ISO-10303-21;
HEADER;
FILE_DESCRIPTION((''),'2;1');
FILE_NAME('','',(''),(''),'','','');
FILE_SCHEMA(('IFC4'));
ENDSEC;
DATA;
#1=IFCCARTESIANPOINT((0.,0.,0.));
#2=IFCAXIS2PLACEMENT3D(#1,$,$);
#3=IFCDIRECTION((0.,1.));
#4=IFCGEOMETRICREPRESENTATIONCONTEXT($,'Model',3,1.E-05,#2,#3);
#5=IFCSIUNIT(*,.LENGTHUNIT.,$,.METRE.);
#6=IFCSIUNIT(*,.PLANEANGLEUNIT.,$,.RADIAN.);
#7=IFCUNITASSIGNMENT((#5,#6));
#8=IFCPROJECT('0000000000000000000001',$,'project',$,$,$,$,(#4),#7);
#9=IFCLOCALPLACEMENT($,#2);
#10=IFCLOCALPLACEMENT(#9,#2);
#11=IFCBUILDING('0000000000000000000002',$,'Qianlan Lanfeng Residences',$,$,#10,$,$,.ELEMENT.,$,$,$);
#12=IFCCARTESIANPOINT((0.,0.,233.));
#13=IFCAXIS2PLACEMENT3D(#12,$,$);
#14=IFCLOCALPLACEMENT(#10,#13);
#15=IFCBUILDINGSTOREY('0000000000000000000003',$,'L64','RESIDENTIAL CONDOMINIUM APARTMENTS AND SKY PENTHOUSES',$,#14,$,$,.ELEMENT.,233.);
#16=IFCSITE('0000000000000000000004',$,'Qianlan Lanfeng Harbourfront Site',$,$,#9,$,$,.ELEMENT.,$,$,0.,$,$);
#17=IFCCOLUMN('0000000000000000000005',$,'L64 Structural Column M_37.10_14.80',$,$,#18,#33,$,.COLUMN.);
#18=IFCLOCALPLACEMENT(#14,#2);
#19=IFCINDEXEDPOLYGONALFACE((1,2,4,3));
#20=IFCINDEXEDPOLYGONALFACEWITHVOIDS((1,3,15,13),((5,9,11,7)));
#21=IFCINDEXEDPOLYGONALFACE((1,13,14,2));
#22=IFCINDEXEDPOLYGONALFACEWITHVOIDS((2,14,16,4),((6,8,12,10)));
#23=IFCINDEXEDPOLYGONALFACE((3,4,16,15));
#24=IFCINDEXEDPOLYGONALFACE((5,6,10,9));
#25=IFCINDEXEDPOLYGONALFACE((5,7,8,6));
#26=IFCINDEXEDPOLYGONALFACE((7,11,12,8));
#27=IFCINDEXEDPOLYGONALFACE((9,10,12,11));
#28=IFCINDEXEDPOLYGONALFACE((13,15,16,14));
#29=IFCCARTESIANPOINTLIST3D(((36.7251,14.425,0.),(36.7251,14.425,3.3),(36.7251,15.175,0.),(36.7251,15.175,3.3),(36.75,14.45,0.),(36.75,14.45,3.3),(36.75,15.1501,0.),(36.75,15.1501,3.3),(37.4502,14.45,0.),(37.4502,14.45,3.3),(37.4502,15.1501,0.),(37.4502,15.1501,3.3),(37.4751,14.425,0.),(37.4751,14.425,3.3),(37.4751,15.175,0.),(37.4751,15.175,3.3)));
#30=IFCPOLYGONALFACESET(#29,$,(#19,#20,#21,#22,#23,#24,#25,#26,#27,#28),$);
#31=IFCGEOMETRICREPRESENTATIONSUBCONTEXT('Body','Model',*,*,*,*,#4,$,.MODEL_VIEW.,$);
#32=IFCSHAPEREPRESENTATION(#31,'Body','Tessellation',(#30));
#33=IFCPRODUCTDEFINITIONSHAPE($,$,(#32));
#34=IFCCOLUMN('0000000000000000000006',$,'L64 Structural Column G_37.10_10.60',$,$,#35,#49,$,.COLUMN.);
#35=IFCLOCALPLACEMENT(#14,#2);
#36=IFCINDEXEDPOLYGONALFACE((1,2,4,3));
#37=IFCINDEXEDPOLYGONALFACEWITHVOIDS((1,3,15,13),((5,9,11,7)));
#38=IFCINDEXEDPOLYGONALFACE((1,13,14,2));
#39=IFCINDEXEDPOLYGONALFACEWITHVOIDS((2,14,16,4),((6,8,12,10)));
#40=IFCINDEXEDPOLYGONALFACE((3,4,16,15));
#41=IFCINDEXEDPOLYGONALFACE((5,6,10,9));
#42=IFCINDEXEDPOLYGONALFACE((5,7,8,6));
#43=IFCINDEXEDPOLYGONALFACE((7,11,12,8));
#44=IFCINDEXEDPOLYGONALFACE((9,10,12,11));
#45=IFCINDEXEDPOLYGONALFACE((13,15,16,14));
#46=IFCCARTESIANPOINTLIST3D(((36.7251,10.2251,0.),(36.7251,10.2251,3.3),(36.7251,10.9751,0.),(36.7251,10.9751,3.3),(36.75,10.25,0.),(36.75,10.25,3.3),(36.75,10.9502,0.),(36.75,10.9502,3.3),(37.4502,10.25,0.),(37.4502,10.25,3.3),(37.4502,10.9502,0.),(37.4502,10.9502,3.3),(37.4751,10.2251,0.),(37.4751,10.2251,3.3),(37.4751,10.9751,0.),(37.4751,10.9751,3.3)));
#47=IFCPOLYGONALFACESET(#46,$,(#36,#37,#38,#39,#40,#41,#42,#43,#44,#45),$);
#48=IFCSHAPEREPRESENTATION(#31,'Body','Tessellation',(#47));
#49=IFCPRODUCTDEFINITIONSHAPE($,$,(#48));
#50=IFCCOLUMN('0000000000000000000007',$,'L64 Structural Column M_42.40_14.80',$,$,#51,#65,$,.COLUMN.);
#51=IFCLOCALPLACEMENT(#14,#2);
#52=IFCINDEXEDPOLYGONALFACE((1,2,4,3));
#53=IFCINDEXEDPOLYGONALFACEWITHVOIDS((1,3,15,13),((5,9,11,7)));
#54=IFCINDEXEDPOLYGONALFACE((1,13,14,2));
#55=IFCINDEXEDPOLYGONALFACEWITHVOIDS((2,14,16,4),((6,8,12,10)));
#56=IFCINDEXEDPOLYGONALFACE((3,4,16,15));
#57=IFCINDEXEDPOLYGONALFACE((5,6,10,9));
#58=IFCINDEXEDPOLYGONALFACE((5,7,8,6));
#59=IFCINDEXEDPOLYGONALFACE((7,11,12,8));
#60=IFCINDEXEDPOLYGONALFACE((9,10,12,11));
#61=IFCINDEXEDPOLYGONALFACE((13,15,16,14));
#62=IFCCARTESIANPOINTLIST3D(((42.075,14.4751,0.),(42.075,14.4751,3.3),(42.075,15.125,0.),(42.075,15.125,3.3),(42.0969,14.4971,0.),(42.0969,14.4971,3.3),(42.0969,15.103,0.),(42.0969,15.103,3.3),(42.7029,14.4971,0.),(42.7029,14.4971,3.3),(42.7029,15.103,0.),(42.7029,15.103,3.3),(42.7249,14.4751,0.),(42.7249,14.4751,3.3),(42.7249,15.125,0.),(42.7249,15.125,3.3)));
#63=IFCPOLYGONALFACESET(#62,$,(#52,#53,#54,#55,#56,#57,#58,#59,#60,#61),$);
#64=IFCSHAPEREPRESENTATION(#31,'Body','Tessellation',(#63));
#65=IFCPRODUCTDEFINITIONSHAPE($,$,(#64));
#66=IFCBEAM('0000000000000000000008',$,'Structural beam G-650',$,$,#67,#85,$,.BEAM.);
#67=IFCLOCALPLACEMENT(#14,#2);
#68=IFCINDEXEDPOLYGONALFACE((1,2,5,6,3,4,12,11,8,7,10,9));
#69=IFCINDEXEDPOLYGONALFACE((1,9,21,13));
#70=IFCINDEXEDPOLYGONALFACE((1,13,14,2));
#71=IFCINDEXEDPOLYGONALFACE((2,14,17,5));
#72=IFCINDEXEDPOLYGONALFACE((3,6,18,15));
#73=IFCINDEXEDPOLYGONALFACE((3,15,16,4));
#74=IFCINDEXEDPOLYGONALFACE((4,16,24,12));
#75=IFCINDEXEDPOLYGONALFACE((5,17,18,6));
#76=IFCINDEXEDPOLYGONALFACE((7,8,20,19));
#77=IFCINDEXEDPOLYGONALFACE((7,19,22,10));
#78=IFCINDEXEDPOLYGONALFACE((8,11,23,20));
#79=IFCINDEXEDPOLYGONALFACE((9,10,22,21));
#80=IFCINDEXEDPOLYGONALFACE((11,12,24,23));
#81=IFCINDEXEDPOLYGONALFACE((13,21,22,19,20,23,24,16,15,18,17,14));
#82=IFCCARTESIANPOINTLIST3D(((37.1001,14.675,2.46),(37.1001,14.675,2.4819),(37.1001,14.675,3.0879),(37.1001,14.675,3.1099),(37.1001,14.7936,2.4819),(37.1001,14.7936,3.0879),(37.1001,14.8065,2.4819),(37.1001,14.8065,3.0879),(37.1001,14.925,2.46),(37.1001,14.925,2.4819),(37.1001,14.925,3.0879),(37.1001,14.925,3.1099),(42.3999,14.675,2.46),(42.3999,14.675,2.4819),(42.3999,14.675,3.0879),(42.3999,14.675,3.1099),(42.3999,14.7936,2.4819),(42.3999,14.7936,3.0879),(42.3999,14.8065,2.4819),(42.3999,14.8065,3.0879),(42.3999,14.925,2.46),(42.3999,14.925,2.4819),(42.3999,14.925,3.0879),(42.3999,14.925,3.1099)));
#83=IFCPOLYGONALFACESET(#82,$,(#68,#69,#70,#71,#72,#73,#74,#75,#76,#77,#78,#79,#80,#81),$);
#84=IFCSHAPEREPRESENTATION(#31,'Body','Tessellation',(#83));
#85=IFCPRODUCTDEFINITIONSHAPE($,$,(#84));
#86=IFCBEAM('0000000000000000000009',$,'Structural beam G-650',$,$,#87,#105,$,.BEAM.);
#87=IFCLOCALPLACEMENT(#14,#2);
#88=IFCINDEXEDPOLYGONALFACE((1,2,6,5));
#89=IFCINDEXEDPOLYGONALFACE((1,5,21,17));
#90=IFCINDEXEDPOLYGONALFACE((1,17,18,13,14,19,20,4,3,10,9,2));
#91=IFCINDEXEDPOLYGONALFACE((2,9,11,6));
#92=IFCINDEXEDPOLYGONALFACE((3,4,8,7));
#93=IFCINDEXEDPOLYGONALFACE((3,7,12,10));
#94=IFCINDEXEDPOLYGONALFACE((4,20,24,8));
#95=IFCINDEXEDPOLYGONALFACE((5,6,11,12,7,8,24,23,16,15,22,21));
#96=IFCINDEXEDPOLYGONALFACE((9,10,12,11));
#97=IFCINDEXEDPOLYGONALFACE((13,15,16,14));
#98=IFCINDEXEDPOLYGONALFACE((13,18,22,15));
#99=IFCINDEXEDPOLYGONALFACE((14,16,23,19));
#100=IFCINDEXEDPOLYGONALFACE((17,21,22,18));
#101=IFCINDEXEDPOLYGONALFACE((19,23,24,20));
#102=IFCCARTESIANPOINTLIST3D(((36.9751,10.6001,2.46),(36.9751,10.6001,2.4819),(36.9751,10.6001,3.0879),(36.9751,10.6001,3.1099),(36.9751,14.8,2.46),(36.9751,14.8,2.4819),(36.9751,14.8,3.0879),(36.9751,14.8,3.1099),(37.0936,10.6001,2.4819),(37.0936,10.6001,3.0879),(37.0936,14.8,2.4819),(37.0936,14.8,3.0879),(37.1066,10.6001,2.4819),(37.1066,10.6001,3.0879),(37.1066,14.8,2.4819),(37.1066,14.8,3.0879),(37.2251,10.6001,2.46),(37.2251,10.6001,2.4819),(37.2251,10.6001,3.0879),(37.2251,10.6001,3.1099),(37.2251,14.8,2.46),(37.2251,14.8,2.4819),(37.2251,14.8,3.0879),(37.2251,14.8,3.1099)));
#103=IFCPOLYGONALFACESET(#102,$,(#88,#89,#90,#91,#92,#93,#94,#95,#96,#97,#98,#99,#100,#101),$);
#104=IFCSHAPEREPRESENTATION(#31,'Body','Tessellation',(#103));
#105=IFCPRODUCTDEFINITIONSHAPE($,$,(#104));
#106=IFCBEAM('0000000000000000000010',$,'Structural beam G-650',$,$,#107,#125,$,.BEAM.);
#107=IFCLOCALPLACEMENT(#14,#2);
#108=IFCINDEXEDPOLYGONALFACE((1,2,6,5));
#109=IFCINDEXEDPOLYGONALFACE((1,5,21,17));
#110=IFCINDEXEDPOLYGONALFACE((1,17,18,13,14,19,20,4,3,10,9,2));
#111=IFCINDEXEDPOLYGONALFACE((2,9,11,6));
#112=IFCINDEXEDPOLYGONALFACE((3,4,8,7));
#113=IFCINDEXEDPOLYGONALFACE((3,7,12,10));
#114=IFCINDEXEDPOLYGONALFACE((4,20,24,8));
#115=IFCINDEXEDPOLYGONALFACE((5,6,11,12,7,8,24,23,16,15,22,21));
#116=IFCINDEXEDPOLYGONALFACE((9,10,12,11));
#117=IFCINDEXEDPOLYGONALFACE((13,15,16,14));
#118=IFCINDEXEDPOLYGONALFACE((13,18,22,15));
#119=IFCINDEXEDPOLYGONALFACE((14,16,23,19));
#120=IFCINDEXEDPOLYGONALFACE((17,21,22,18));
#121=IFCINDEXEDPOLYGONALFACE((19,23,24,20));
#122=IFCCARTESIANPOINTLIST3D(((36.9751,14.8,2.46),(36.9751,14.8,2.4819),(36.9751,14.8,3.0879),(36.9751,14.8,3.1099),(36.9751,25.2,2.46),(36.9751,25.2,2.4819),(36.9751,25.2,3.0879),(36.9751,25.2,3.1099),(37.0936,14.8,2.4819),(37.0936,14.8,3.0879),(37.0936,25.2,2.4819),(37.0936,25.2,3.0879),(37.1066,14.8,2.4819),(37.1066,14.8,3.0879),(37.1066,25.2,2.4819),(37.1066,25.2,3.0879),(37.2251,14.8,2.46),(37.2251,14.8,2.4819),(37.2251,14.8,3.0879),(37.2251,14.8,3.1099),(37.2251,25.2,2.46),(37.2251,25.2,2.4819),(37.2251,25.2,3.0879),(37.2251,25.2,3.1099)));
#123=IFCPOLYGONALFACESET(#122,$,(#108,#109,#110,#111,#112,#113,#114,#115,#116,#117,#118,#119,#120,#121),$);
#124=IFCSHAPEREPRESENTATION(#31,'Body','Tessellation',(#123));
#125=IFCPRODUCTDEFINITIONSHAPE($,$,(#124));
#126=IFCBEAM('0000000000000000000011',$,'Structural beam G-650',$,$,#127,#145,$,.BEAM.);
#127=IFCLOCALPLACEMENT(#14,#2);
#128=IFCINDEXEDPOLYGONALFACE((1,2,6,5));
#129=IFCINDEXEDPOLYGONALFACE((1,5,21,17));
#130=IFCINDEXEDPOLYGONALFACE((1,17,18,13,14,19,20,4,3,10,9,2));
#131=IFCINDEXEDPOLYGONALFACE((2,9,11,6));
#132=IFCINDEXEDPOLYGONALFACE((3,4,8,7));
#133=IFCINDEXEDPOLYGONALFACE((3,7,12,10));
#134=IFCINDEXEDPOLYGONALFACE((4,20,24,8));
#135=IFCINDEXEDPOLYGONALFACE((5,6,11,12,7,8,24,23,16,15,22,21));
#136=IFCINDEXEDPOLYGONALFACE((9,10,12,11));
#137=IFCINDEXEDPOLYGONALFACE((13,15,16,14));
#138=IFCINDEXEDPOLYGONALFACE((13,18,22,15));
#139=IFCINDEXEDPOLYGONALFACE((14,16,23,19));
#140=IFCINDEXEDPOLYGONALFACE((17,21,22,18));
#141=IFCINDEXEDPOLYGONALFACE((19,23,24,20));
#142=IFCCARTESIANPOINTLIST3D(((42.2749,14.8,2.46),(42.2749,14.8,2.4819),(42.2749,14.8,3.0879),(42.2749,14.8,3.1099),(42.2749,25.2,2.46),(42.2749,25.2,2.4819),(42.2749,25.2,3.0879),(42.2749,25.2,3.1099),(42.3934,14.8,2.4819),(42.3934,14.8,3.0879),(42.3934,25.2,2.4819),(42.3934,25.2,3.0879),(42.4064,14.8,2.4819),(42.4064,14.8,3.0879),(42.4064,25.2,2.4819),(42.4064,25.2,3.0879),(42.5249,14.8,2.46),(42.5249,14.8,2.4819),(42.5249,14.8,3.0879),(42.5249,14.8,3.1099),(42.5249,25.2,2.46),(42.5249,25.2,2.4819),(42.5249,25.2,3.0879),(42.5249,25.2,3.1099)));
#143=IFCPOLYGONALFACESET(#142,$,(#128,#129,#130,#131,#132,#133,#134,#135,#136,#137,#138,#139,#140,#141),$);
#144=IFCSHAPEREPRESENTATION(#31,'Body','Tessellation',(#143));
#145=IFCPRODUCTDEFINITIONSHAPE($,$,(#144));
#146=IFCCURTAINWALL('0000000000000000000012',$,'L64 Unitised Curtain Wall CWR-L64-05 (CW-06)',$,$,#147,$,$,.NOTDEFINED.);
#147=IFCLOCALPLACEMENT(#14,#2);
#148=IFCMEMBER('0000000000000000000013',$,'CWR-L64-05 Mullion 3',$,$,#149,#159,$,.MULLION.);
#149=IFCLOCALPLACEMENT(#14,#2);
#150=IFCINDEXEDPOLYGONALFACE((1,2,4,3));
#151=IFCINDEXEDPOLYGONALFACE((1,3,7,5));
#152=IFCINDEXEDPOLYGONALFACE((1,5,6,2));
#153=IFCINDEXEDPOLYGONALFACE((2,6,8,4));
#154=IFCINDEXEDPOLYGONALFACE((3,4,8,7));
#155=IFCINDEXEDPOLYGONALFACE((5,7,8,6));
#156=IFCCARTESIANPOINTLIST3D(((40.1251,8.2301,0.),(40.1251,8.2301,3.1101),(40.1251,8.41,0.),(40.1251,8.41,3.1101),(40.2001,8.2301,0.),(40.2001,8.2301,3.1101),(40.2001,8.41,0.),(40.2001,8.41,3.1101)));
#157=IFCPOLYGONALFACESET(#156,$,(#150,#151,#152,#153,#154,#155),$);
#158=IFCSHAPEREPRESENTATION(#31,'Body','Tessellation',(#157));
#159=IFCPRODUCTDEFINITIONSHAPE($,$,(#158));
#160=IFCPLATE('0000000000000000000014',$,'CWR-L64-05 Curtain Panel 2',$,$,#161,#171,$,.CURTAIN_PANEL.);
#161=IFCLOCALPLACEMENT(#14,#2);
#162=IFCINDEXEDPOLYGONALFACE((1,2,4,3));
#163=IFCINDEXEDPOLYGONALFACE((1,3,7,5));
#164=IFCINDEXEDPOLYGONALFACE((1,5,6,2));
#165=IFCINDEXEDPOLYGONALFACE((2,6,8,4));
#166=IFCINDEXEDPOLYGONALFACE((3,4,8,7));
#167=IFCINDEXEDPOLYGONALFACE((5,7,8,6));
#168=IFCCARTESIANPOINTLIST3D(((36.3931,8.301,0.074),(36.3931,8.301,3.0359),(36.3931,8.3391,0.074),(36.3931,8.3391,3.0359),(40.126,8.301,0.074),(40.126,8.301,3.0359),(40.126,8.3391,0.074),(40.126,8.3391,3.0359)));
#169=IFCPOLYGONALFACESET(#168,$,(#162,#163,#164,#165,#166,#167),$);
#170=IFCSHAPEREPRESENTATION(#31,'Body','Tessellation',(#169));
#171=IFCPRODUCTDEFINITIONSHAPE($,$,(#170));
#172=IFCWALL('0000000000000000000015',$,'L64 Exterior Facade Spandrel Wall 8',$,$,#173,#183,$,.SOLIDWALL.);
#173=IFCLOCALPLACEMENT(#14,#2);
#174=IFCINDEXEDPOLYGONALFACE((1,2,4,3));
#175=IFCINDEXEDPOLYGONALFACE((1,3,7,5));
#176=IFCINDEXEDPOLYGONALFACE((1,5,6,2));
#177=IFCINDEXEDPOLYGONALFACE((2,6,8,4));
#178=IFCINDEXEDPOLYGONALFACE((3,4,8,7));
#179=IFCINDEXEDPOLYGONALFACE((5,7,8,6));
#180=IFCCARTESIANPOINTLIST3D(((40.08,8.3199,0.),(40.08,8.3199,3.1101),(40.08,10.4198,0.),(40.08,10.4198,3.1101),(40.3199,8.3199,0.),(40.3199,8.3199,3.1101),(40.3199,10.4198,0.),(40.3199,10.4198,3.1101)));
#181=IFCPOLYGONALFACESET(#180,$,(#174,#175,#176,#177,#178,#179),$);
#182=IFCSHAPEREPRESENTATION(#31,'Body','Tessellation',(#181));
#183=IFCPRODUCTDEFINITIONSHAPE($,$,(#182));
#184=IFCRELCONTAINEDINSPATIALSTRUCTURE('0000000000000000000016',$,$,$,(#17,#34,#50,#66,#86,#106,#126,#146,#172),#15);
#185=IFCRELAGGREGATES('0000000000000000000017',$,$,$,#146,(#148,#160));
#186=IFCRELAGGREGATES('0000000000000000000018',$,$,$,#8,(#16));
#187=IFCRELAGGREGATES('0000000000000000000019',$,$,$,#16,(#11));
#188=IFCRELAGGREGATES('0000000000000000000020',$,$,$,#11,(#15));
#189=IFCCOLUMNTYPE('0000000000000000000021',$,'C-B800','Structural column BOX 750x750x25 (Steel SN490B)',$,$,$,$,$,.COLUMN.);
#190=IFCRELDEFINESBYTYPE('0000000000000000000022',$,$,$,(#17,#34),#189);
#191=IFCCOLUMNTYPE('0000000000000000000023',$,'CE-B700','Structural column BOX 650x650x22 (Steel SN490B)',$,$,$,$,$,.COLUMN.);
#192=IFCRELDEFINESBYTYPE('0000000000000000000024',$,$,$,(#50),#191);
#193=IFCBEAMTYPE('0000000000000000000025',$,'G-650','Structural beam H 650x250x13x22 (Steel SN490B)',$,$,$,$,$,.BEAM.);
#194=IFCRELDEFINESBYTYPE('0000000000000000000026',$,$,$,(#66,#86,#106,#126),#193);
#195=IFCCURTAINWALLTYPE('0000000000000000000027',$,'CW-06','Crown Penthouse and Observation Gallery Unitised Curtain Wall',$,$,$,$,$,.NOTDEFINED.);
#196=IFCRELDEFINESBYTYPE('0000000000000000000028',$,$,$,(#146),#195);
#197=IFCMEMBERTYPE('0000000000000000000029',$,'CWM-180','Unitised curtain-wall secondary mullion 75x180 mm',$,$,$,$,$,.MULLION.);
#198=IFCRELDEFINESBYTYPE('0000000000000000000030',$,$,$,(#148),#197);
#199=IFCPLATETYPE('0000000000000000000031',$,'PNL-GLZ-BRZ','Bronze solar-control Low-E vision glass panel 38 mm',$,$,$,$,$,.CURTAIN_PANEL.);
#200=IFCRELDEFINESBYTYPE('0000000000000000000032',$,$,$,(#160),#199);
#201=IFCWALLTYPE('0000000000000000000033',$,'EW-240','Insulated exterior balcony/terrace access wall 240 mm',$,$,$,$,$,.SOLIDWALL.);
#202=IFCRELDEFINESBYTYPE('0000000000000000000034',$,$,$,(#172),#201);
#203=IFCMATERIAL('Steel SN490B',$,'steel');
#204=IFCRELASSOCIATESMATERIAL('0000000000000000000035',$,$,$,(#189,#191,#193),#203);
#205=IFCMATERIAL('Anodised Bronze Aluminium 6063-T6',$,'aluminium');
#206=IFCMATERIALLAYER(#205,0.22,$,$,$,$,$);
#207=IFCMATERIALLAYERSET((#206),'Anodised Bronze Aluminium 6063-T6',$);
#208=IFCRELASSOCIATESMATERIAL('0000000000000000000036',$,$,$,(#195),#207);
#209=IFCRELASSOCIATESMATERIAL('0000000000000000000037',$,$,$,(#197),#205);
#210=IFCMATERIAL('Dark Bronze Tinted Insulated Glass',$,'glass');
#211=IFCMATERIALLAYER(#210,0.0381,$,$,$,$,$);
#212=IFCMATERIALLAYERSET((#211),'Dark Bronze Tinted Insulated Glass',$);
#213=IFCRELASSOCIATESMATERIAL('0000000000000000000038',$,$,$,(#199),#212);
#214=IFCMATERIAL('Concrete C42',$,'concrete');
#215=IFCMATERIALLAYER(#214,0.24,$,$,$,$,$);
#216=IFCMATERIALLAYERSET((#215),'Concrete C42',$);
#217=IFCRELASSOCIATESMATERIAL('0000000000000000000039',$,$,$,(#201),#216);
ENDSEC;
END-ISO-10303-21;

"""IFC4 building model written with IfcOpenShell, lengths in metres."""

from ifc_helpers import new_model, si_unit, direction, frame, frame_2d, origin, origin_2d, place, context, subcontext, project, spatial, rectangle, hollow_rectangle, i_section, extrude, source, transform, mapped, material, layer, layer_set, material_profile, profile_set, type_object, element, aggregate, save


model = new_model("IFC4")

# Units and contexts
model_context = context("Model", 3, precision=1e-05, world=origin(), true_north=direction((0.0, 1.0)))
body_context = subcontext(model_context, "Body", "Model", "MODEL_VIEW")
ifc_project = project(units=[si_unit("LENGTHUNIT", "METRE"), si_unit("PLANEANGLEUNIT", "RADIAN")], contexts=[model_context])

# Site, building, storey
site_placement = place(None, origin())
site = spatial("IfcSite", under=ifc_project, at=site_placement, Name="Qianlan Lanfeng Harbourfront Site", CompositionType="ELEMENT", RefElevation=0.0)
building_placement = place(site_placement, origin())
building = spatial("IfcBuilding", under=site, at=building_placement, Name="Qianlan Lanfeng Residences", CompositionType="ELEMENT")
storey_placement = place(building_placement, frame((0.0, 0.0, 233.0)))
storey = spatial("IfcBuildingStorey", under=building, at=storey_placement, Name="L64", Description="RESIDENTIAL CONDOMINIUM APARTMENTS AND SKY PENTHOUSES", CompositionType="ELEMENT", Elevation=233.0)

# Columns
ifc_material_1 = material(Name="Steel SN490B", Category="steel")
ifc_material_profile_1 = material_profile(ifc_material_1, hollow_rectangle(XDim=0.75, YDim=0.75, WallThickness=0.0249, at=origin_2d()), Name="BOX 750x750x25")
ifc_profile_set_1 = profile_set([ifc_material_profile_1], Name="Steel SN490B")
column_type_1 = type_object("IfcColumnType", Name="C-B800", Description="Structural column BOX 750x750x25 (Steel SN490B)", PredefinedType="COLUMN", material=ifc_profile_set_1)
for number, where, z_axis, x_axis, name in (
    (1, (37.1001, 14.8, 0.0), (0.0, 0.0, 1.0), (1.0, 0.0, 0.0), "L64 Structural Column M_37.10_14.80"),
    (2, (37.1001, 10.6001, 0.0), (0.0, 0.0, 1.0), (1.0, 0.0, 0.0), "L64 Structural Column G_37.10_10.60"),
):
    element("IfcColumn", number, at=place(storey_placement, frame(where, z_axis=z_axis, x_axis=x_axis)), inside=storey, type_object=column_type_1, Name=name, PredefinedType="COLUMN", context=body_context, shape_type="SweptSolid", body=[
        extrude(hollow_rectangle(XDim=0.75, YDim=0.75, WallThickness=0.0249, at=origin_2d()), origin(), (0.0, 0.0, 1.0), 3.3),
    ])
ifc_material_profile_2 = material_profile(ifc_material_1, hollow_rectangle(XDim=0.6499, YDim=0.6499, WallThickness=0.022, at=origin_2d()), Name="BOX 650x650x22")
ifc_profile_set_2 = profile_set([ifc_material_profile_2], Name="Steel SN490B")
column_type_2 = type_object("IfcColumnType", Name="CE-B700", Description="Structural column BOX 650x650x22 (Steel SN490B)", PredefinedType="COLUMN", material=ifc_profile_set_2)
column_placement = place(storey_placement, frame((42.3999, 14.8, 0.0), z_axis=(0.0, 0.0, 1.0), x_axis=(1.0, 0.0, 0.0)))
element("IfcColumn", 3, at=column_placement, inside=storey, type_object=column_type_2, Name="L64 Structural Column M_42.40_14.80", PredefinedType="COLUMN", context=body_context, shape_type="SweptSolid", body=[
    extrude(hollow_rectangle(XDim=0.6499, YDim=0.6499, WallThickness=0.022, at=origin_2d()), origin(), (0.0, 0.0, 1.0), 3.3),
])

# Beams
ifc_material_profile_3 = material_profile(ifc_material_1, i_section(OverallWidth=0.25, OverallDepth=0.6499, WebThickness=0.0129, FlangeThickness=0.022, at=origin_2d()), Name="H 650x250x13x22")
ifc_profile_set_3 = profile_set([ifc_material_profile_3], Name="Steel SN490B")
beam_type = type_object("IfcBeamType", Name="G-650", Description="Structural beam H 650x250x13x22 (Steel SN490B)", PredefinedType="BEAM", material=ifc_profile_set_3)
beam_1_placement = place(storey_placement, frame((37.1001, 14.8, 2.7849), z_axis=(1.0, 0.0, 0.0), x_axis=(0.0, 1.0, 0.0)))
element("IfcBeam", 4, at=beam_1_placement, inside=storey, type_object=beam_type, Name="Structural beam G-650", PredefinedType="BEAM", context=body_context, shape_type="SweptSolid", body=[
    extrude(i_section(OverallWidth=0.25, OverallDepth=0.6499, WebThickness=0.0129, FlangeThickness=0.022, at=origin_2d()), origin(), (0.0, 0.0, 1.0), 5.2998),
])
beam_2_placement = place(storey_placement, frame((37.1001, 10.6001, 2.7849), z_axis=(0.0, 1.0, 0.0), x_axis=(-1.0, 0.0, 0.0)))
element("IfcBeam", 5, at=beam_2_placement, inside=storey, type_object=beam_type, Name="Structural beam G-650", PredefinedType="BEAM", context=body_context, shape_type="SweptSolid", body=[
    extrude(i_section(OverallWidth=0.25, OverallDepth=0.6499, WebThickness=0.0129, FlangeThickness=0.022, at=origin_2d()), origin(), (0.0, 0.0, 1.0), 4.2),
])
for number, where, z_axis, x_axis, name in (
    (6, (37.1001, 14.8, 2.7849), (0.0, 1.0, 0.0), (-1.0, 0.0, 0.0), "Structural beam G-650"),
    (7, (42.3999, 14.8, 2.7849), (0.0, 1.0, 0.0), (-1.0, 0.0, 0.0), "Structural beam G-650"),
):
    element("IfcBeam", number, at=place(storey_placement, frame(where, z_axis=z_axis, x_axis=x_axis)), inside=storey, type_object=beam_type, Name=name, PredefinedType="BEAM", context=body_context, shape_type="SweptSolid", body=[
        extrude(i_section(OverallWidth=0.25, OverallDepth=0.6499, WebThickness=0.0129, FlangeThickness=0.022, at=origin_2d()), origin(), (0.0, 0.0, 1.0), 10.3999),
    ])

# Curtain wall, member, plate
ifc_material_2 = material(Name="Anodised Bronze Aluminium 6063-T6", Category="aluminium")
ifc_layer_1 = layer(ifc_material_2, 0.22)
ifc_layer_set_1 = layer_set([ifc_layer_1], Name="Anodised Bronze Aluminium 6063-T6")
curtain_wall_type = type_object("IfcCurtainWallType", Name="CW-06", Description="Crown Penthouse and Observation Gallery Unitised Curtain Wall", PredefinedType="NOTDEFINED", material=ifc_layer_set_1)
curtain_wall_placement = place(storey_placement, origin())
curtain_wall = element("IfcCurtainWall", 8, at=curtain_wall_placement, inside=storey, type_object=curtain_wall_type, Name="L64 Unitised Curtain Wall CWR-L64-05 (CW-06)", PredefinedType="NOTDEFINED")
ifc_material_profile_4 = material_profile(ifc_material_2, rectangle(XDim=0.075, YDim=0.1799, at=origin_2d()), Name="ALU MULLION 75x180")
ifc_profile_set_4 = profile_set([ifc_material_profile_4], Name="Anodised Bronze Aluminium 6063-T6")
member_type = type_object("IfcMemberType", Name="CWM-180", Description="Unitised curtain-wall secondary mullion 75x180 mm", PredefinedType="MULLION", material=ifc_profile_set_4)
shared_shape_1 = source(origin(), body_context, "Body", "SweptSolid", [
    extrude(rectangle(XDim=0.075, YDim=0.1799, at=origin_2d()), origin(), (0.0, 0.0, 1.0), 3.1101),
])
member_placement = place(storey_placement, frame((40.1626, 8.3201, 0.0), z_axis=(0.0, 0.0, 1.0), x_axis=(1.0, 0.0, 0.0)))
member = element("IfcMember", 9, at=member_placement, type_object=member_type, Name="CWR-L64-05 Mullion 3", PredefinedType="MULLION", context=body_context, shape_type="MappedRepresentation", body=[
    mapped(shared_shape_1, transform((0.0, 0.0, 0.0), scale=1.0)),
])
ifc_material_3 = material(Name="Dark Bronze Tinted Insulated Glass", Category="glass")
ifc_layer_2 = layer(ifc_material_3, 0.0381)
ifc_layer_set_2 = layer_set([ifc_layer_2], Name="Dark Bronze Tinted Insulated Glass")
plate_type = type_object("IfcPlateType", Name="PNL-GLZ-BRZ", Description="Bronze solar-control Low-E vision glass panel 38 mm", PredefinedType="CURTAIN_PANEL", material=ifc_layer_set_2)
shared_shape_2 = source(origin(), body_context, "Body", "SweptSolid", [
    extrude(rectangle(XDim=3.7329, YDim=0.0381, at=origin_2d()), origin(), (0.0, 0.0, 1.0), 2.9619),
])
plate_placement = place(storey_placement, frame((38.2595, 8.3201, 0.074), z_axis=(0.0, 0.0, 1.0), x_axis=(1.0, 0.0, 0.0)))
plate = element("IfcPlate", 10, at=plate_placement, type_object=plate_type, Name="CWR-L64-05 Curtain Panel 2", PredefinedType="CURTAIN_PANEL", context=body_context, shape_type="MappedRepresentation", body=[
    mapped(shared_shape_2, transform((0.0, 0.0, 0.0), scale=1.0)),
])
aggregate(curtain_wall, [member, plate])

# Wall
ifc_material_4 = material(Name="Concrete C42", Category="concrete")
ifc_layer_3 = layer(ifc_material_4, 0.24)
ifc_layer_set_3 = layer_set([ifc_layer_3], Name="Concrete C42")
wall_type_1 = type_object("IfcWallType", Name="EW-240", Description="Insulated exterior balcony/terrace access wall 240 mm", PredefinedType="SOLIDWALL", material=ifc_layer_set_3)
wall_1_placement = place(storey_placement, frame((40.2, 8.3201, 0.0), z_axis=(0.0, 0.0, 1.0), x_axis=(0.0, 1.0, 0.0)))
element("IfcWall", 11, at=wall_1_placement, inside=storey, type_object=wall_type_1, Name="L64 Exterior Facade Spandrel Wall 8", PredefinedType="SOLIDWALL", context=body_context, shape_type="SweptSolid", body=[
    extrude(rectangle(XDim=2.0999, YDim=0.24, at=frame_2d((1.0498, 0.0))), origin(), (0.0, 0.0, 1.0), 3.1101),
])

save(model, "model.ifc")
